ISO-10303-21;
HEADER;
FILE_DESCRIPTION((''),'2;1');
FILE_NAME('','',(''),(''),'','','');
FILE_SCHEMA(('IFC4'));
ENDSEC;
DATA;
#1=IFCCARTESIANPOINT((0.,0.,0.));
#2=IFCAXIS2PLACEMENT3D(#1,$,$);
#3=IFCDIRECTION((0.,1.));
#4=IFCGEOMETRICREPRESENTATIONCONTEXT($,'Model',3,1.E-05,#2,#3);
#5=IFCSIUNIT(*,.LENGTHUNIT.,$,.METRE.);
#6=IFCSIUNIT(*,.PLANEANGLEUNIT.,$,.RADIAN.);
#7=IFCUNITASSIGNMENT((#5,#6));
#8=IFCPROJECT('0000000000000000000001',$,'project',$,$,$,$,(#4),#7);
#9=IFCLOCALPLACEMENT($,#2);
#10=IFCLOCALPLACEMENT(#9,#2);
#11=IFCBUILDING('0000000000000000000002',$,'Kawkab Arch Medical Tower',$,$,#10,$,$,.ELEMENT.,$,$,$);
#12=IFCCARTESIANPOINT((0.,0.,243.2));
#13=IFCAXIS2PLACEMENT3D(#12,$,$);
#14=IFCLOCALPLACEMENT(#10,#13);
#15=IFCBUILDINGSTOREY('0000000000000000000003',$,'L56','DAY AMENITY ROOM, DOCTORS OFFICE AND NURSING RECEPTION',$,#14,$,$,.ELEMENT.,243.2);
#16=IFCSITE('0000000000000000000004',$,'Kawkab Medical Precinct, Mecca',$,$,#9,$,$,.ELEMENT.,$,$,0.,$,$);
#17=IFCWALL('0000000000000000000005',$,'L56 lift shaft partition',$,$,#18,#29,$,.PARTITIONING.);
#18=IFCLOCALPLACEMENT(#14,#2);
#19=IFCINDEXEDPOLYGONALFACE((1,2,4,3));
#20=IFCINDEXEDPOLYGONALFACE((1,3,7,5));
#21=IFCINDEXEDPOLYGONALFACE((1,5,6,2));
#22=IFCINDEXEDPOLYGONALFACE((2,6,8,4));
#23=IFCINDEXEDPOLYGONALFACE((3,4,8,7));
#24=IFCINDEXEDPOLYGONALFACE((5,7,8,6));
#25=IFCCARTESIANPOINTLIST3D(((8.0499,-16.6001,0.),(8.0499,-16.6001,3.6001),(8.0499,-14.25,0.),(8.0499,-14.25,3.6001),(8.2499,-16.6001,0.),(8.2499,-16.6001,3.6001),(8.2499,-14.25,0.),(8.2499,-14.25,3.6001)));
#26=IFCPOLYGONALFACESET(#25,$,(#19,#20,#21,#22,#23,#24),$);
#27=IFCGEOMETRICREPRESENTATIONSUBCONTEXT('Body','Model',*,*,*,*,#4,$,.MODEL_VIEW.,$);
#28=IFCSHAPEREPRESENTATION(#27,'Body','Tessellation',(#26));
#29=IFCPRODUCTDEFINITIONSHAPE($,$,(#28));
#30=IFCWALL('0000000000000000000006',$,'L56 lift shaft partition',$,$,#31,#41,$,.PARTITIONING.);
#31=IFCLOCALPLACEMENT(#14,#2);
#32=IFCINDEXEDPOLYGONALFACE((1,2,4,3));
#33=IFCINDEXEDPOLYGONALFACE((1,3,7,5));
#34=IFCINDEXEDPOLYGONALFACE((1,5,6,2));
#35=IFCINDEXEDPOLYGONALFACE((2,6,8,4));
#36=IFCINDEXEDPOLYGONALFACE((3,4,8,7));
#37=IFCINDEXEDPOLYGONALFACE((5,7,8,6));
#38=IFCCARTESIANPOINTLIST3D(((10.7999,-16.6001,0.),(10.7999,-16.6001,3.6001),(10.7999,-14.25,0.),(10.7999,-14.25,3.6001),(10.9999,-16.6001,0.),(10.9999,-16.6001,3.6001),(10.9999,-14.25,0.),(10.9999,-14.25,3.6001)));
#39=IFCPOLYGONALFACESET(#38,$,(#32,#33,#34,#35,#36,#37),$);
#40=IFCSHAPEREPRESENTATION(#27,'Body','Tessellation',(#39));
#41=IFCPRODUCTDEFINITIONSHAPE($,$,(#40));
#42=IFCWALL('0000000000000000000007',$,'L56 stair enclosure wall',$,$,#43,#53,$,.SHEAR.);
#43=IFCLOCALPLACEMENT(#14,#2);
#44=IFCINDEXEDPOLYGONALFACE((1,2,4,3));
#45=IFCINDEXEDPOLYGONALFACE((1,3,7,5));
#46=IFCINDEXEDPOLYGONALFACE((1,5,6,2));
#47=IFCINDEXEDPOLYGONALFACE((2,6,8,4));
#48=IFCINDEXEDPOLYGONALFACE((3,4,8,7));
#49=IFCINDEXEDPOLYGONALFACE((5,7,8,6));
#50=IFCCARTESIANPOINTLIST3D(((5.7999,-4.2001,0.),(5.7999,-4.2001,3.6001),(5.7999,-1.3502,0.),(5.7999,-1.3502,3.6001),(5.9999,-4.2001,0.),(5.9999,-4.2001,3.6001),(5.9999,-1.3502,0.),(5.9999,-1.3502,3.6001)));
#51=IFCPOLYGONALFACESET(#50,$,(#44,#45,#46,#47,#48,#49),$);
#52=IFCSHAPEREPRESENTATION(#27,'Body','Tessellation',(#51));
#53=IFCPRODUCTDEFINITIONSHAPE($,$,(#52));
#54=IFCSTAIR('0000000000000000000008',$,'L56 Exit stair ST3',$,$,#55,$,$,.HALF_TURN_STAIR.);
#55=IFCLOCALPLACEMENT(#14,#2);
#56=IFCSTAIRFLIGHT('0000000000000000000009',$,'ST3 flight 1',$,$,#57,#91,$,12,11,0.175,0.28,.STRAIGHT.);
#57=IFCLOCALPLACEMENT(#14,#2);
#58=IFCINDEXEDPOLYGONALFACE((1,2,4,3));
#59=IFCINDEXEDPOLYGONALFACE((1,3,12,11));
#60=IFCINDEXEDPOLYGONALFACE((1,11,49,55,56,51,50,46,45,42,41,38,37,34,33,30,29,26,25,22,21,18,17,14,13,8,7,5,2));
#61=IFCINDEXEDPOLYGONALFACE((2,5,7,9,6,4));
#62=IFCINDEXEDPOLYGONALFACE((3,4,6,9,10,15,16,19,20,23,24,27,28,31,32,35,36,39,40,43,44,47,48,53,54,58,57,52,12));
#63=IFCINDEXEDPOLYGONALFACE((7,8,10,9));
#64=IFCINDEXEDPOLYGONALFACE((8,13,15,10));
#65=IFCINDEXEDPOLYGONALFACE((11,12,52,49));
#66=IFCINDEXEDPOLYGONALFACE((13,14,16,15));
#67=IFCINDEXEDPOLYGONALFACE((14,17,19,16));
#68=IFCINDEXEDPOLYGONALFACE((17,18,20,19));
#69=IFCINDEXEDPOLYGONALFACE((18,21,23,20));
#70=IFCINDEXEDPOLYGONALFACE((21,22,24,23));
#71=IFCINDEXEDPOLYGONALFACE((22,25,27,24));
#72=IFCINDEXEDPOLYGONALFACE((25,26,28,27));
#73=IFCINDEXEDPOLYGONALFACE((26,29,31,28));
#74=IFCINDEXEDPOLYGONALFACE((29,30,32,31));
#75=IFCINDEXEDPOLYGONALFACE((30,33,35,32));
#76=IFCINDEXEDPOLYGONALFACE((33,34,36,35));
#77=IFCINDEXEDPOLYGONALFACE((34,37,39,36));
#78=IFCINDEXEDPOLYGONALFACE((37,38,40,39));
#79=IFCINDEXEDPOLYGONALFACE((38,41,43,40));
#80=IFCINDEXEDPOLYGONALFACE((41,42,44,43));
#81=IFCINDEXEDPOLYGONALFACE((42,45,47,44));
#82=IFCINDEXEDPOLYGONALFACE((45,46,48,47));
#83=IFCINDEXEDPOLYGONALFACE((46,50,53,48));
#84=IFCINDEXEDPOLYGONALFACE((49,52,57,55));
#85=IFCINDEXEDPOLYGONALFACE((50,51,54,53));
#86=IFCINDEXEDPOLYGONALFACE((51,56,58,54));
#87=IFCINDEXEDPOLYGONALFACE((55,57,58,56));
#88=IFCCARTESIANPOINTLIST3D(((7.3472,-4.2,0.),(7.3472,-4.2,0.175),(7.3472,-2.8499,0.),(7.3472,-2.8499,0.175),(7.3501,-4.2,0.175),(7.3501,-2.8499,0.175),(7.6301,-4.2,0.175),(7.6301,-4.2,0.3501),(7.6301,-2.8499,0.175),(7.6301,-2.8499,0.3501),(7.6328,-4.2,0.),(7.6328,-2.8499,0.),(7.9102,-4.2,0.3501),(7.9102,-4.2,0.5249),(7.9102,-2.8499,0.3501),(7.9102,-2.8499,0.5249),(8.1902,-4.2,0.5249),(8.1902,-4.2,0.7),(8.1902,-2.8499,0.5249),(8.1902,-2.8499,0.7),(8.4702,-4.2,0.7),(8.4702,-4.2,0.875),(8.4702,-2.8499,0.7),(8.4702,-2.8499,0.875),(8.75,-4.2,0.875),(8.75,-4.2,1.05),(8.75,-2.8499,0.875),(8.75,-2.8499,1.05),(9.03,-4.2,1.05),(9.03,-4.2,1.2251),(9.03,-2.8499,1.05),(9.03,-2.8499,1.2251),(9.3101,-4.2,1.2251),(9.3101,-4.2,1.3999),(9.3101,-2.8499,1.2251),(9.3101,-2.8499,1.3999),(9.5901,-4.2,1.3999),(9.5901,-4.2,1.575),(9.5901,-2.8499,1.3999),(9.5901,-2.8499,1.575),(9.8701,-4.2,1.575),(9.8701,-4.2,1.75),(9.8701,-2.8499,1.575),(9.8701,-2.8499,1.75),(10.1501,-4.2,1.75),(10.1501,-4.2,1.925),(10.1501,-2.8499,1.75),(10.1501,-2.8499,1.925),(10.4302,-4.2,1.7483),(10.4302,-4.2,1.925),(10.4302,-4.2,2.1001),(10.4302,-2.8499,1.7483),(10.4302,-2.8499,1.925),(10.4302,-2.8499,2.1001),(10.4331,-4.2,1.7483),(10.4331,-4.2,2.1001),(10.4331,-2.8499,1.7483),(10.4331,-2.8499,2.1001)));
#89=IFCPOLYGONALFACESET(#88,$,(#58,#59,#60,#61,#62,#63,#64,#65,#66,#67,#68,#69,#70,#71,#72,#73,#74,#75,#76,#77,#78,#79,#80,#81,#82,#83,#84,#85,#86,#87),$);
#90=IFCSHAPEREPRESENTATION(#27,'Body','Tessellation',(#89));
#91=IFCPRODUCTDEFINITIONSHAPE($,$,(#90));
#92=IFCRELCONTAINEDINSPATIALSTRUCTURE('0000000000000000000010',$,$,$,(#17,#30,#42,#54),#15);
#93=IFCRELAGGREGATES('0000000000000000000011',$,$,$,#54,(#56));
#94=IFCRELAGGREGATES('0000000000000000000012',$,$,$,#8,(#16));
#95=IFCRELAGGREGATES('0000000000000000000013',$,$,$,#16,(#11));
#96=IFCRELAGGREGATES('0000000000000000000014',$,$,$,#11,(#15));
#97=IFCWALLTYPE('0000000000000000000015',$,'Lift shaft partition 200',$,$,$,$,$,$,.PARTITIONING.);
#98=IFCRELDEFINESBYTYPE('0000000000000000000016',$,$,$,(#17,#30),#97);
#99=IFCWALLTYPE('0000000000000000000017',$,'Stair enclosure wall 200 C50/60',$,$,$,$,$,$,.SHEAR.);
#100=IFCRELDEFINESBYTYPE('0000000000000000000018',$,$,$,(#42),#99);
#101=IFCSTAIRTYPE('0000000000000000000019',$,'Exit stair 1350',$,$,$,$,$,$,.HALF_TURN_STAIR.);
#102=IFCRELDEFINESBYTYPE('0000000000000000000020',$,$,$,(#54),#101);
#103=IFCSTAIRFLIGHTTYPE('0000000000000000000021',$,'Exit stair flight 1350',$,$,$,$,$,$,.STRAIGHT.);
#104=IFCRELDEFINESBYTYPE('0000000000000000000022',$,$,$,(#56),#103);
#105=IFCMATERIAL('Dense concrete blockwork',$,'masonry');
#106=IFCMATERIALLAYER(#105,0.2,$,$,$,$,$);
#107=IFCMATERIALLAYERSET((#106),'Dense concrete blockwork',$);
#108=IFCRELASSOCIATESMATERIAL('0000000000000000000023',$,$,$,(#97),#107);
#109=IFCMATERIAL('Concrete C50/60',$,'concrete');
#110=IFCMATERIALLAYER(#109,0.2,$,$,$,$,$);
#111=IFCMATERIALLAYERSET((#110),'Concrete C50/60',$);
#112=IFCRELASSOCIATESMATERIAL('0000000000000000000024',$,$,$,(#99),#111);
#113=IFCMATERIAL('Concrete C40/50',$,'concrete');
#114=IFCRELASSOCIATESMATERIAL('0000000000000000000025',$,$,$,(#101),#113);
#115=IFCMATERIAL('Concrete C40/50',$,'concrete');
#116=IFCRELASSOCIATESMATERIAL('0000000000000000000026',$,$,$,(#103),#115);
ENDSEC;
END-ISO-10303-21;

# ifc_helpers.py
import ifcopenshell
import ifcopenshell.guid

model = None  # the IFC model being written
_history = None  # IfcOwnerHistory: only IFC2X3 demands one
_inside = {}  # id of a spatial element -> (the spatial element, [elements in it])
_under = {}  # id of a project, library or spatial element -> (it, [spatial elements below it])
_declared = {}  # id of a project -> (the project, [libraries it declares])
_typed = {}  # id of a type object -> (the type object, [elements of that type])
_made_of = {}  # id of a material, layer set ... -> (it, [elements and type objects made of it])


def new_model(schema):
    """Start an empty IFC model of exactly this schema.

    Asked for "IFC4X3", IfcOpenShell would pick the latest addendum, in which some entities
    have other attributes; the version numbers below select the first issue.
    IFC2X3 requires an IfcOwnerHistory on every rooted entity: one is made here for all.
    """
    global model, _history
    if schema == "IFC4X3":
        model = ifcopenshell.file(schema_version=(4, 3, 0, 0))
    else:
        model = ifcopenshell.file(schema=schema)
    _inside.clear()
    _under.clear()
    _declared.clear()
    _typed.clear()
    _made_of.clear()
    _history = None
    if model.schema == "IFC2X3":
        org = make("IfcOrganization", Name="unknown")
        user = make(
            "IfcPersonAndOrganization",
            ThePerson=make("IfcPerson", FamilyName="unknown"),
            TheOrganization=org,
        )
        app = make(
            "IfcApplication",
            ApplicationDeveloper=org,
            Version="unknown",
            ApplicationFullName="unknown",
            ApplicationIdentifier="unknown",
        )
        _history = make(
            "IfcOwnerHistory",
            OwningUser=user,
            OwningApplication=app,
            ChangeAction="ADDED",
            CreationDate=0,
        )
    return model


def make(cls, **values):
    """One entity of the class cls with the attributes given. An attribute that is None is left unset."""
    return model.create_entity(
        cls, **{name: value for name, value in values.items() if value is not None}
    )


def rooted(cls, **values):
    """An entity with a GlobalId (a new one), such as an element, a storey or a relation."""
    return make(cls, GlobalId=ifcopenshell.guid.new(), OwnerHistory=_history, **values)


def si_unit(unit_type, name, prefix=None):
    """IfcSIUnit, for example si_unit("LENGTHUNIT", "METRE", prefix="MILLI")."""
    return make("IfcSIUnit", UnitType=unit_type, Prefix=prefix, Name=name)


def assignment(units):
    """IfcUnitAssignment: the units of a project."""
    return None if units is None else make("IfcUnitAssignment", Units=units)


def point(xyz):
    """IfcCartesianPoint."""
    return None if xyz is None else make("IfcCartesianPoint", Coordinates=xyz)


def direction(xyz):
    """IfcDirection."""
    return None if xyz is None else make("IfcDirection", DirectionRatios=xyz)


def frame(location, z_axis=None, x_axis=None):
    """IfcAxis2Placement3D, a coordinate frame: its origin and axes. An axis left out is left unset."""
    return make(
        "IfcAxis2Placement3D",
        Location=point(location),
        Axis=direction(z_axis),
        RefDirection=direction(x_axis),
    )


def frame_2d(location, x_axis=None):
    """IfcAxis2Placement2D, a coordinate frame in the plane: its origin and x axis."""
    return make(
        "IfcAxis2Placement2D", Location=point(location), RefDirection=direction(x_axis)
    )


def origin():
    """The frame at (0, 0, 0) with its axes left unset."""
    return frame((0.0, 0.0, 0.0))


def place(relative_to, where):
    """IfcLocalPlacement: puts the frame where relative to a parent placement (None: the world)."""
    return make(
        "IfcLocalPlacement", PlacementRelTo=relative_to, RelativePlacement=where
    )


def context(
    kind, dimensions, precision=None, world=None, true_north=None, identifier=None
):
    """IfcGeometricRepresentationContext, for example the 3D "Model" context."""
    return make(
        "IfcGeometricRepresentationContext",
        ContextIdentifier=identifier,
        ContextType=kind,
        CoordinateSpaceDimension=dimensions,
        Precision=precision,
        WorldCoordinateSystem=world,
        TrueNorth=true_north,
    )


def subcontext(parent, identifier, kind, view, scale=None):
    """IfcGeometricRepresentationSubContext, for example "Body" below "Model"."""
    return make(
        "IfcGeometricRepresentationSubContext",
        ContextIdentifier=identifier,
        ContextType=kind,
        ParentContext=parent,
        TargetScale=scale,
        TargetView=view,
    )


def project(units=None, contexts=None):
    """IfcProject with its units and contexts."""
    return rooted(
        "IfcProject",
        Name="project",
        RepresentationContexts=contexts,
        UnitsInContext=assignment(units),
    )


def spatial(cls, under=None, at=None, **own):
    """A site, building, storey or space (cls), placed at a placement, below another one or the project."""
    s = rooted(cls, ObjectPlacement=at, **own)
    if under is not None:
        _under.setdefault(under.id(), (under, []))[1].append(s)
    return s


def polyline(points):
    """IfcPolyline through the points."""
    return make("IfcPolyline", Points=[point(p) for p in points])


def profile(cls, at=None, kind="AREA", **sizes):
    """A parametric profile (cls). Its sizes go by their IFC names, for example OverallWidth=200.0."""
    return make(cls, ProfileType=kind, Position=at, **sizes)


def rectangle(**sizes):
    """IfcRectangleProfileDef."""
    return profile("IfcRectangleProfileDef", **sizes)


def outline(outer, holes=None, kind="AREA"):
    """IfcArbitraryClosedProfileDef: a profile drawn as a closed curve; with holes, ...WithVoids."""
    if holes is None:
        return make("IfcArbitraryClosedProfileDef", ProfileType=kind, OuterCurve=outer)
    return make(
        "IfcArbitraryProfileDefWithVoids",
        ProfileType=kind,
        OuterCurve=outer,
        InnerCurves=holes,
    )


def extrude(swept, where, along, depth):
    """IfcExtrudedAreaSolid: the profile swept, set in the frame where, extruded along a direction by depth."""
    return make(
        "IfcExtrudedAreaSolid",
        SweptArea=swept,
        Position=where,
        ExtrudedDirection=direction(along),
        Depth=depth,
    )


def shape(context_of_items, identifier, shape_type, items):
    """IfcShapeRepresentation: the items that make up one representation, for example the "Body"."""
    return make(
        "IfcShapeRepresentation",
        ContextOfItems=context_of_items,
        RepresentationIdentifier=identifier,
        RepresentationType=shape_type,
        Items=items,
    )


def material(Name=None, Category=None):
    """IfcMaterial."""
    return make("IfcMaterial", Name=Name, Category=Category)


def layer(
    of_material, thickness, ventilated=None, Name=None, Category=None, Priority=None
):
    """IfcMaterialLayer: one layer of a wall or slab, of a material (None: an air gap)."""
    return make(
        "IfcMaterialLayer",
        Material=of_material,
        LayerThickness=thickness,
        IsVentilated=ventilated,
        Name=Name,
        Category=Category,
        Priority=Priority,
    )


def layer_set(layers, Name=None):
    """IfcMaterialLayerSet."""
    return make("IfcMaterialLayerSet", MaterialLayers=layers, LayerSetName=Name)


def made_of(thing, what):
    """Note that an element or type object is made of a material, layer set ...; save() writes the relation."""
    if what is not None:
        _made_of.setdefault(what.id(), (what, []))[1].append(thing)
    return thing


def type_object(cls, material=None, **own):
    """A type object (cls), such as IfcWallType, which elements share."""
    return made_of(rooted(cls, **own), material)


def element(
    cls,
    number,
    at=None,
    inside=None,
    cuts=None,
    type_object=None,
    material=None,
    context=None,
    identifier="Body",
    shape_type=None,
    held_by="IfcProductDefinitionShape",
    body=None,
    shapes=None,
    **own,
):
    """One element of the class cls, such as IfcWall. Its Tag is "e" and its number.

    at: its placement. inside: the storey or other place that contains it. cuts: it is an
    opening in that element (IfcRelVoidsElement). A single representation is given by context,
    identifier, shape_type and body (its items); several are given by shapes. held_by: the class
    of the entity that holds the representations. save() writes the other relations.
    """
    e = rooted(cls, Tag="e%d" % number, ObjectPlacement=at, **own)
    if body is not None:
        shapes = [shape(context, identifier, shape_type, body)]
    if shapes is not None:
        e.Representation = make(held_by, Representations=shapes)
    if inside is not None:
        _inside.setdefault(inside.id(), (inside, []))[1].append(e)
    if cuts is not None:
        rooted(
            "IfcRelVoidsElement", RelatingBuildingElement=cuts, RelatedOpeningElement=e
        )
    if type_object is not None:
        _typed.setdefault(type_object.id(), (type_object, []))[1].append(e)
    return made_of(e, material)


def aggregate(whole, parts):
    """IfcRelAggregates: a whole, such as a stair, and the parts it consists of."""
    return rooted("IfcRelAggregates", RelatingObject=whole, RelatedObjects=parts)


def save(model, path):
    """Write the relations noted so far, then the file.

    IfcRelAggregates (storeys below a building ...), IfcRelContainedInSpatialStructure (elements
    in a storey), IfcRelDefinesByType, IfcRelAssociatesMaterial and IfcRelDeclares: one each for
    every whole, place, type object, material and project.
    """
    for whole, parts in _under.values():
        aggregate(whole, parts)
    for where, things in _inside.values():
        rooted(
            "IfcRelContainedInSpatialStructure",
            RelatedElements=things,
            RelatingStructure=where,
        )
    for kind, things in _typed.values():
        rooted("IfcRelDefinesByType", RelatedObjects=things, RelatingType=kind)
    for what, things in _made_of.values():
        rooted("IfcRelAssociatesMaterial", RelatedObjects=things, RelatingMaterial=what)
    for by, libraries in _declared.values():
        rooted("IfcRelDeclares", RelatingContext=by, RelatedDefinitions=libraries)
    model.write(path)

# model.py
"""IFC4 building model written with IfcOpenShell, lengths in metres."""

from ifc_helpers import new_model, si_unit, direction, frame, frame_2d, origin, place, context, subcontext, project, spatial, polyline, rectangle, outline, extrude, material, layer, layer_set, type_object, element, aggregate, save


model = new_model("IFC4")

# Units and contexts
model_context = context("Model", 3, precision=1e-05, world=origin(), true_north=direction((0.0, 1.0)))
body_context = subcontext(model_context, "Body", "Model", "MODEL_VIEW")
ifc_project = project(units=[si_unit("LENGTHUNIT", "METRE"), si_unit("PLANEANGLEUNIT", "RADIAN")], contexts=[model_context])

# Site, building, storey
site_placement = place(None, origin())
site = spatial("IfcSite", under=ifc_project, at=site_placement, Name="Kawkab Medical Precinct, Mecca", CompositionType="ELEMENT", RefElevation=0.0)
building_placement = place(site_placement, origin())
building = spatial("IfcBuilding", under=site, at=building_placement, Name="Kawkab Arch Medical Tower", CompositionType="ELEMENT")
storey_placement = place(building_placement, frame((0.0, 0.0, 243.2)))
storey = spatial("IfcBuildingStorey", under=building, at=storey_placement, Name="L56", Description="DAY AMENITY ROOM, DOCTORS OFFICE AND NURSING RECEPTION", CompositionType="ELEMENT", Elevation=243.2)

# Walls
ifc_material_1 = material(Name="Dense concrete blockwork", Category="masonry")
ifc_layer_1 = layer(ifc_material_1, 0.2)
ifc_layer_set_1 = layer_set([ifc_layer_1], Name="Dense concrete blockwork")
wall_type_1 = type_object("IfcWallType", Name="Lift shaft partition 200", PredefinedType="PARTITIONING", material=ifc_layer_set_1)
for number, where, z_axis, x_axis, name in (
    (1, (8.1499, -16.6001, 0.0), (0.0, 0.0, 1.0), (0.0, 1.0, 0.0), "L56 lift shaft partition"),
    (2, (10.8999, -16.6001, 0.0), (0.0, 0.0, 1.0), (0.0, 1.0, 0.0), "L56 lift shaft partition"),
):
    element("IfcWall", number, at=place(storey_placement, frame(where, z_axis=z_axis, x_axis=x_axis)), inside=storey, type_object=wall_type_1, Name=name, PredefinedType="PARTITIONING", context=body_context, shape_type="SweptSolid", body=[
        extrude(rectangle(XDim=2.3501, YDim=0.2, at=frame_2d((1.175, 0.0))), origin(), (0.0, 0.0, 1.0), 3.6001),
    ])
ifc_material_2 = material(Name="Concrete C50/60", Category="concrete")
ifc_layer_2 = layer(ifc_material_2, 0.2)
ifc_layer_set_2 = layer_set([ifc_layer_2], Name="Concrete C50/60")
wall_type_2 = type_object("IfcWallType", Name="Stair enclosure wall 200 C50/60", PredefinedType="SHEAR", material=ifc_layer_set_2)
wall_1_placement = place(storey_placement, frame((5.8999, -4.2, 0.0), z_axis=(0.0, 0.0, 1.0), x_axis=(0.0, 1.0, 0.0)))
element("IfcWall", 3, at=wall_1_placement, inside=storey, type_object=wall_type_2, Name="L56 stair enclosure wall", PredefinedType="SHEAR", context=body_context, shape_type="SweptSolid", body=[
    extrude(rectangle(XDim=2.8499, YDim=0.2, at=frame_2d((1.4248, 0.0))), origin(), (0.0, 0.0, 1.0), 3.6001),
])

# Stair, stair flight
ifc_material_3 = material(Name="Concrete C40/50", Category="concrete")
stair_type = type_object("IfcStairType", Name="Exit stair 1350", PredefinedType="HALF_TURN_STAIR", material=ifc_material_3)
stair_placement = place(storey_placement, origin())
stair = element("IfcStair", 4, at=stair_placement, inside=storey, type_object=stair_type, Name="L56 Exit stair ST3", PredefinedType="HALF_TURN_STAIR")
ifc_material_4 = material(Name="Concrete C40/50", Category="concrete")
stair_flight_type = type_object("IfcStairFlightType", Name="Exit stair flight 1350", PredefinedType="STRAIGHT", material=ifc_material_4)
stair_flight_placement = place(storey_placement, frame((7.3501, -3.5249, 0.0), z_axis=(0.0, 0.0, 1.0), x_axis=(1.0, 0.0, 0.0)))
stair_flight = element("IfcStairFlight", 5, at=stair_flight_placement, type_object=stair_flight_type, Name="ST3 flight 1", NumberOfRisers=12, NumberOfTreads=11, PredefinedType="STRAIGHT", RiserHeight=0.175, TreadLength=0.28, context=body_context, shape_type="SweptSolid", body=[
    extrude(outline(polyline([(-0.0029, 0.0), (-0.0029, 0.175), (0.0, 0.175), (0.28, 0.175), (0.28, 0.3501), (0.5601, 0.3501), (0.5601, 0.5249), (0.8401, 0.5249), (0.8401, 0.7), (1.1201, 0.7), (1.1201, 0.875), (1.3999, 0.875), (1.3999, 1.05), (1.6799, 1.05), (1.6799, 1.2251), (1.96, 1.2251), (1.96, 1.3999), (2.24, 1.3999), (2.24, 1.575), (2.52, 1.575), (2.52, 1.75), (2.8, 1.75), (2.8, 1.925), (3.0801, 1.925), (3.0801, 2.1001), (3.083, 2.1001), (3.083, 1.7483), (3.0801, 1.7483), (0.2827, 0.0), (-0.0029, 0.0)])), frame((0.0, 0.675, 0.0), z_axis=(0.0, -1.0, 0.0), x_axis=(1.0, 0.0, 0.0)), (0.0, 0.0, 1.0), 1.3501),
])
aggregate(stair, [stair_flight])

save(model, "model.ifc")
